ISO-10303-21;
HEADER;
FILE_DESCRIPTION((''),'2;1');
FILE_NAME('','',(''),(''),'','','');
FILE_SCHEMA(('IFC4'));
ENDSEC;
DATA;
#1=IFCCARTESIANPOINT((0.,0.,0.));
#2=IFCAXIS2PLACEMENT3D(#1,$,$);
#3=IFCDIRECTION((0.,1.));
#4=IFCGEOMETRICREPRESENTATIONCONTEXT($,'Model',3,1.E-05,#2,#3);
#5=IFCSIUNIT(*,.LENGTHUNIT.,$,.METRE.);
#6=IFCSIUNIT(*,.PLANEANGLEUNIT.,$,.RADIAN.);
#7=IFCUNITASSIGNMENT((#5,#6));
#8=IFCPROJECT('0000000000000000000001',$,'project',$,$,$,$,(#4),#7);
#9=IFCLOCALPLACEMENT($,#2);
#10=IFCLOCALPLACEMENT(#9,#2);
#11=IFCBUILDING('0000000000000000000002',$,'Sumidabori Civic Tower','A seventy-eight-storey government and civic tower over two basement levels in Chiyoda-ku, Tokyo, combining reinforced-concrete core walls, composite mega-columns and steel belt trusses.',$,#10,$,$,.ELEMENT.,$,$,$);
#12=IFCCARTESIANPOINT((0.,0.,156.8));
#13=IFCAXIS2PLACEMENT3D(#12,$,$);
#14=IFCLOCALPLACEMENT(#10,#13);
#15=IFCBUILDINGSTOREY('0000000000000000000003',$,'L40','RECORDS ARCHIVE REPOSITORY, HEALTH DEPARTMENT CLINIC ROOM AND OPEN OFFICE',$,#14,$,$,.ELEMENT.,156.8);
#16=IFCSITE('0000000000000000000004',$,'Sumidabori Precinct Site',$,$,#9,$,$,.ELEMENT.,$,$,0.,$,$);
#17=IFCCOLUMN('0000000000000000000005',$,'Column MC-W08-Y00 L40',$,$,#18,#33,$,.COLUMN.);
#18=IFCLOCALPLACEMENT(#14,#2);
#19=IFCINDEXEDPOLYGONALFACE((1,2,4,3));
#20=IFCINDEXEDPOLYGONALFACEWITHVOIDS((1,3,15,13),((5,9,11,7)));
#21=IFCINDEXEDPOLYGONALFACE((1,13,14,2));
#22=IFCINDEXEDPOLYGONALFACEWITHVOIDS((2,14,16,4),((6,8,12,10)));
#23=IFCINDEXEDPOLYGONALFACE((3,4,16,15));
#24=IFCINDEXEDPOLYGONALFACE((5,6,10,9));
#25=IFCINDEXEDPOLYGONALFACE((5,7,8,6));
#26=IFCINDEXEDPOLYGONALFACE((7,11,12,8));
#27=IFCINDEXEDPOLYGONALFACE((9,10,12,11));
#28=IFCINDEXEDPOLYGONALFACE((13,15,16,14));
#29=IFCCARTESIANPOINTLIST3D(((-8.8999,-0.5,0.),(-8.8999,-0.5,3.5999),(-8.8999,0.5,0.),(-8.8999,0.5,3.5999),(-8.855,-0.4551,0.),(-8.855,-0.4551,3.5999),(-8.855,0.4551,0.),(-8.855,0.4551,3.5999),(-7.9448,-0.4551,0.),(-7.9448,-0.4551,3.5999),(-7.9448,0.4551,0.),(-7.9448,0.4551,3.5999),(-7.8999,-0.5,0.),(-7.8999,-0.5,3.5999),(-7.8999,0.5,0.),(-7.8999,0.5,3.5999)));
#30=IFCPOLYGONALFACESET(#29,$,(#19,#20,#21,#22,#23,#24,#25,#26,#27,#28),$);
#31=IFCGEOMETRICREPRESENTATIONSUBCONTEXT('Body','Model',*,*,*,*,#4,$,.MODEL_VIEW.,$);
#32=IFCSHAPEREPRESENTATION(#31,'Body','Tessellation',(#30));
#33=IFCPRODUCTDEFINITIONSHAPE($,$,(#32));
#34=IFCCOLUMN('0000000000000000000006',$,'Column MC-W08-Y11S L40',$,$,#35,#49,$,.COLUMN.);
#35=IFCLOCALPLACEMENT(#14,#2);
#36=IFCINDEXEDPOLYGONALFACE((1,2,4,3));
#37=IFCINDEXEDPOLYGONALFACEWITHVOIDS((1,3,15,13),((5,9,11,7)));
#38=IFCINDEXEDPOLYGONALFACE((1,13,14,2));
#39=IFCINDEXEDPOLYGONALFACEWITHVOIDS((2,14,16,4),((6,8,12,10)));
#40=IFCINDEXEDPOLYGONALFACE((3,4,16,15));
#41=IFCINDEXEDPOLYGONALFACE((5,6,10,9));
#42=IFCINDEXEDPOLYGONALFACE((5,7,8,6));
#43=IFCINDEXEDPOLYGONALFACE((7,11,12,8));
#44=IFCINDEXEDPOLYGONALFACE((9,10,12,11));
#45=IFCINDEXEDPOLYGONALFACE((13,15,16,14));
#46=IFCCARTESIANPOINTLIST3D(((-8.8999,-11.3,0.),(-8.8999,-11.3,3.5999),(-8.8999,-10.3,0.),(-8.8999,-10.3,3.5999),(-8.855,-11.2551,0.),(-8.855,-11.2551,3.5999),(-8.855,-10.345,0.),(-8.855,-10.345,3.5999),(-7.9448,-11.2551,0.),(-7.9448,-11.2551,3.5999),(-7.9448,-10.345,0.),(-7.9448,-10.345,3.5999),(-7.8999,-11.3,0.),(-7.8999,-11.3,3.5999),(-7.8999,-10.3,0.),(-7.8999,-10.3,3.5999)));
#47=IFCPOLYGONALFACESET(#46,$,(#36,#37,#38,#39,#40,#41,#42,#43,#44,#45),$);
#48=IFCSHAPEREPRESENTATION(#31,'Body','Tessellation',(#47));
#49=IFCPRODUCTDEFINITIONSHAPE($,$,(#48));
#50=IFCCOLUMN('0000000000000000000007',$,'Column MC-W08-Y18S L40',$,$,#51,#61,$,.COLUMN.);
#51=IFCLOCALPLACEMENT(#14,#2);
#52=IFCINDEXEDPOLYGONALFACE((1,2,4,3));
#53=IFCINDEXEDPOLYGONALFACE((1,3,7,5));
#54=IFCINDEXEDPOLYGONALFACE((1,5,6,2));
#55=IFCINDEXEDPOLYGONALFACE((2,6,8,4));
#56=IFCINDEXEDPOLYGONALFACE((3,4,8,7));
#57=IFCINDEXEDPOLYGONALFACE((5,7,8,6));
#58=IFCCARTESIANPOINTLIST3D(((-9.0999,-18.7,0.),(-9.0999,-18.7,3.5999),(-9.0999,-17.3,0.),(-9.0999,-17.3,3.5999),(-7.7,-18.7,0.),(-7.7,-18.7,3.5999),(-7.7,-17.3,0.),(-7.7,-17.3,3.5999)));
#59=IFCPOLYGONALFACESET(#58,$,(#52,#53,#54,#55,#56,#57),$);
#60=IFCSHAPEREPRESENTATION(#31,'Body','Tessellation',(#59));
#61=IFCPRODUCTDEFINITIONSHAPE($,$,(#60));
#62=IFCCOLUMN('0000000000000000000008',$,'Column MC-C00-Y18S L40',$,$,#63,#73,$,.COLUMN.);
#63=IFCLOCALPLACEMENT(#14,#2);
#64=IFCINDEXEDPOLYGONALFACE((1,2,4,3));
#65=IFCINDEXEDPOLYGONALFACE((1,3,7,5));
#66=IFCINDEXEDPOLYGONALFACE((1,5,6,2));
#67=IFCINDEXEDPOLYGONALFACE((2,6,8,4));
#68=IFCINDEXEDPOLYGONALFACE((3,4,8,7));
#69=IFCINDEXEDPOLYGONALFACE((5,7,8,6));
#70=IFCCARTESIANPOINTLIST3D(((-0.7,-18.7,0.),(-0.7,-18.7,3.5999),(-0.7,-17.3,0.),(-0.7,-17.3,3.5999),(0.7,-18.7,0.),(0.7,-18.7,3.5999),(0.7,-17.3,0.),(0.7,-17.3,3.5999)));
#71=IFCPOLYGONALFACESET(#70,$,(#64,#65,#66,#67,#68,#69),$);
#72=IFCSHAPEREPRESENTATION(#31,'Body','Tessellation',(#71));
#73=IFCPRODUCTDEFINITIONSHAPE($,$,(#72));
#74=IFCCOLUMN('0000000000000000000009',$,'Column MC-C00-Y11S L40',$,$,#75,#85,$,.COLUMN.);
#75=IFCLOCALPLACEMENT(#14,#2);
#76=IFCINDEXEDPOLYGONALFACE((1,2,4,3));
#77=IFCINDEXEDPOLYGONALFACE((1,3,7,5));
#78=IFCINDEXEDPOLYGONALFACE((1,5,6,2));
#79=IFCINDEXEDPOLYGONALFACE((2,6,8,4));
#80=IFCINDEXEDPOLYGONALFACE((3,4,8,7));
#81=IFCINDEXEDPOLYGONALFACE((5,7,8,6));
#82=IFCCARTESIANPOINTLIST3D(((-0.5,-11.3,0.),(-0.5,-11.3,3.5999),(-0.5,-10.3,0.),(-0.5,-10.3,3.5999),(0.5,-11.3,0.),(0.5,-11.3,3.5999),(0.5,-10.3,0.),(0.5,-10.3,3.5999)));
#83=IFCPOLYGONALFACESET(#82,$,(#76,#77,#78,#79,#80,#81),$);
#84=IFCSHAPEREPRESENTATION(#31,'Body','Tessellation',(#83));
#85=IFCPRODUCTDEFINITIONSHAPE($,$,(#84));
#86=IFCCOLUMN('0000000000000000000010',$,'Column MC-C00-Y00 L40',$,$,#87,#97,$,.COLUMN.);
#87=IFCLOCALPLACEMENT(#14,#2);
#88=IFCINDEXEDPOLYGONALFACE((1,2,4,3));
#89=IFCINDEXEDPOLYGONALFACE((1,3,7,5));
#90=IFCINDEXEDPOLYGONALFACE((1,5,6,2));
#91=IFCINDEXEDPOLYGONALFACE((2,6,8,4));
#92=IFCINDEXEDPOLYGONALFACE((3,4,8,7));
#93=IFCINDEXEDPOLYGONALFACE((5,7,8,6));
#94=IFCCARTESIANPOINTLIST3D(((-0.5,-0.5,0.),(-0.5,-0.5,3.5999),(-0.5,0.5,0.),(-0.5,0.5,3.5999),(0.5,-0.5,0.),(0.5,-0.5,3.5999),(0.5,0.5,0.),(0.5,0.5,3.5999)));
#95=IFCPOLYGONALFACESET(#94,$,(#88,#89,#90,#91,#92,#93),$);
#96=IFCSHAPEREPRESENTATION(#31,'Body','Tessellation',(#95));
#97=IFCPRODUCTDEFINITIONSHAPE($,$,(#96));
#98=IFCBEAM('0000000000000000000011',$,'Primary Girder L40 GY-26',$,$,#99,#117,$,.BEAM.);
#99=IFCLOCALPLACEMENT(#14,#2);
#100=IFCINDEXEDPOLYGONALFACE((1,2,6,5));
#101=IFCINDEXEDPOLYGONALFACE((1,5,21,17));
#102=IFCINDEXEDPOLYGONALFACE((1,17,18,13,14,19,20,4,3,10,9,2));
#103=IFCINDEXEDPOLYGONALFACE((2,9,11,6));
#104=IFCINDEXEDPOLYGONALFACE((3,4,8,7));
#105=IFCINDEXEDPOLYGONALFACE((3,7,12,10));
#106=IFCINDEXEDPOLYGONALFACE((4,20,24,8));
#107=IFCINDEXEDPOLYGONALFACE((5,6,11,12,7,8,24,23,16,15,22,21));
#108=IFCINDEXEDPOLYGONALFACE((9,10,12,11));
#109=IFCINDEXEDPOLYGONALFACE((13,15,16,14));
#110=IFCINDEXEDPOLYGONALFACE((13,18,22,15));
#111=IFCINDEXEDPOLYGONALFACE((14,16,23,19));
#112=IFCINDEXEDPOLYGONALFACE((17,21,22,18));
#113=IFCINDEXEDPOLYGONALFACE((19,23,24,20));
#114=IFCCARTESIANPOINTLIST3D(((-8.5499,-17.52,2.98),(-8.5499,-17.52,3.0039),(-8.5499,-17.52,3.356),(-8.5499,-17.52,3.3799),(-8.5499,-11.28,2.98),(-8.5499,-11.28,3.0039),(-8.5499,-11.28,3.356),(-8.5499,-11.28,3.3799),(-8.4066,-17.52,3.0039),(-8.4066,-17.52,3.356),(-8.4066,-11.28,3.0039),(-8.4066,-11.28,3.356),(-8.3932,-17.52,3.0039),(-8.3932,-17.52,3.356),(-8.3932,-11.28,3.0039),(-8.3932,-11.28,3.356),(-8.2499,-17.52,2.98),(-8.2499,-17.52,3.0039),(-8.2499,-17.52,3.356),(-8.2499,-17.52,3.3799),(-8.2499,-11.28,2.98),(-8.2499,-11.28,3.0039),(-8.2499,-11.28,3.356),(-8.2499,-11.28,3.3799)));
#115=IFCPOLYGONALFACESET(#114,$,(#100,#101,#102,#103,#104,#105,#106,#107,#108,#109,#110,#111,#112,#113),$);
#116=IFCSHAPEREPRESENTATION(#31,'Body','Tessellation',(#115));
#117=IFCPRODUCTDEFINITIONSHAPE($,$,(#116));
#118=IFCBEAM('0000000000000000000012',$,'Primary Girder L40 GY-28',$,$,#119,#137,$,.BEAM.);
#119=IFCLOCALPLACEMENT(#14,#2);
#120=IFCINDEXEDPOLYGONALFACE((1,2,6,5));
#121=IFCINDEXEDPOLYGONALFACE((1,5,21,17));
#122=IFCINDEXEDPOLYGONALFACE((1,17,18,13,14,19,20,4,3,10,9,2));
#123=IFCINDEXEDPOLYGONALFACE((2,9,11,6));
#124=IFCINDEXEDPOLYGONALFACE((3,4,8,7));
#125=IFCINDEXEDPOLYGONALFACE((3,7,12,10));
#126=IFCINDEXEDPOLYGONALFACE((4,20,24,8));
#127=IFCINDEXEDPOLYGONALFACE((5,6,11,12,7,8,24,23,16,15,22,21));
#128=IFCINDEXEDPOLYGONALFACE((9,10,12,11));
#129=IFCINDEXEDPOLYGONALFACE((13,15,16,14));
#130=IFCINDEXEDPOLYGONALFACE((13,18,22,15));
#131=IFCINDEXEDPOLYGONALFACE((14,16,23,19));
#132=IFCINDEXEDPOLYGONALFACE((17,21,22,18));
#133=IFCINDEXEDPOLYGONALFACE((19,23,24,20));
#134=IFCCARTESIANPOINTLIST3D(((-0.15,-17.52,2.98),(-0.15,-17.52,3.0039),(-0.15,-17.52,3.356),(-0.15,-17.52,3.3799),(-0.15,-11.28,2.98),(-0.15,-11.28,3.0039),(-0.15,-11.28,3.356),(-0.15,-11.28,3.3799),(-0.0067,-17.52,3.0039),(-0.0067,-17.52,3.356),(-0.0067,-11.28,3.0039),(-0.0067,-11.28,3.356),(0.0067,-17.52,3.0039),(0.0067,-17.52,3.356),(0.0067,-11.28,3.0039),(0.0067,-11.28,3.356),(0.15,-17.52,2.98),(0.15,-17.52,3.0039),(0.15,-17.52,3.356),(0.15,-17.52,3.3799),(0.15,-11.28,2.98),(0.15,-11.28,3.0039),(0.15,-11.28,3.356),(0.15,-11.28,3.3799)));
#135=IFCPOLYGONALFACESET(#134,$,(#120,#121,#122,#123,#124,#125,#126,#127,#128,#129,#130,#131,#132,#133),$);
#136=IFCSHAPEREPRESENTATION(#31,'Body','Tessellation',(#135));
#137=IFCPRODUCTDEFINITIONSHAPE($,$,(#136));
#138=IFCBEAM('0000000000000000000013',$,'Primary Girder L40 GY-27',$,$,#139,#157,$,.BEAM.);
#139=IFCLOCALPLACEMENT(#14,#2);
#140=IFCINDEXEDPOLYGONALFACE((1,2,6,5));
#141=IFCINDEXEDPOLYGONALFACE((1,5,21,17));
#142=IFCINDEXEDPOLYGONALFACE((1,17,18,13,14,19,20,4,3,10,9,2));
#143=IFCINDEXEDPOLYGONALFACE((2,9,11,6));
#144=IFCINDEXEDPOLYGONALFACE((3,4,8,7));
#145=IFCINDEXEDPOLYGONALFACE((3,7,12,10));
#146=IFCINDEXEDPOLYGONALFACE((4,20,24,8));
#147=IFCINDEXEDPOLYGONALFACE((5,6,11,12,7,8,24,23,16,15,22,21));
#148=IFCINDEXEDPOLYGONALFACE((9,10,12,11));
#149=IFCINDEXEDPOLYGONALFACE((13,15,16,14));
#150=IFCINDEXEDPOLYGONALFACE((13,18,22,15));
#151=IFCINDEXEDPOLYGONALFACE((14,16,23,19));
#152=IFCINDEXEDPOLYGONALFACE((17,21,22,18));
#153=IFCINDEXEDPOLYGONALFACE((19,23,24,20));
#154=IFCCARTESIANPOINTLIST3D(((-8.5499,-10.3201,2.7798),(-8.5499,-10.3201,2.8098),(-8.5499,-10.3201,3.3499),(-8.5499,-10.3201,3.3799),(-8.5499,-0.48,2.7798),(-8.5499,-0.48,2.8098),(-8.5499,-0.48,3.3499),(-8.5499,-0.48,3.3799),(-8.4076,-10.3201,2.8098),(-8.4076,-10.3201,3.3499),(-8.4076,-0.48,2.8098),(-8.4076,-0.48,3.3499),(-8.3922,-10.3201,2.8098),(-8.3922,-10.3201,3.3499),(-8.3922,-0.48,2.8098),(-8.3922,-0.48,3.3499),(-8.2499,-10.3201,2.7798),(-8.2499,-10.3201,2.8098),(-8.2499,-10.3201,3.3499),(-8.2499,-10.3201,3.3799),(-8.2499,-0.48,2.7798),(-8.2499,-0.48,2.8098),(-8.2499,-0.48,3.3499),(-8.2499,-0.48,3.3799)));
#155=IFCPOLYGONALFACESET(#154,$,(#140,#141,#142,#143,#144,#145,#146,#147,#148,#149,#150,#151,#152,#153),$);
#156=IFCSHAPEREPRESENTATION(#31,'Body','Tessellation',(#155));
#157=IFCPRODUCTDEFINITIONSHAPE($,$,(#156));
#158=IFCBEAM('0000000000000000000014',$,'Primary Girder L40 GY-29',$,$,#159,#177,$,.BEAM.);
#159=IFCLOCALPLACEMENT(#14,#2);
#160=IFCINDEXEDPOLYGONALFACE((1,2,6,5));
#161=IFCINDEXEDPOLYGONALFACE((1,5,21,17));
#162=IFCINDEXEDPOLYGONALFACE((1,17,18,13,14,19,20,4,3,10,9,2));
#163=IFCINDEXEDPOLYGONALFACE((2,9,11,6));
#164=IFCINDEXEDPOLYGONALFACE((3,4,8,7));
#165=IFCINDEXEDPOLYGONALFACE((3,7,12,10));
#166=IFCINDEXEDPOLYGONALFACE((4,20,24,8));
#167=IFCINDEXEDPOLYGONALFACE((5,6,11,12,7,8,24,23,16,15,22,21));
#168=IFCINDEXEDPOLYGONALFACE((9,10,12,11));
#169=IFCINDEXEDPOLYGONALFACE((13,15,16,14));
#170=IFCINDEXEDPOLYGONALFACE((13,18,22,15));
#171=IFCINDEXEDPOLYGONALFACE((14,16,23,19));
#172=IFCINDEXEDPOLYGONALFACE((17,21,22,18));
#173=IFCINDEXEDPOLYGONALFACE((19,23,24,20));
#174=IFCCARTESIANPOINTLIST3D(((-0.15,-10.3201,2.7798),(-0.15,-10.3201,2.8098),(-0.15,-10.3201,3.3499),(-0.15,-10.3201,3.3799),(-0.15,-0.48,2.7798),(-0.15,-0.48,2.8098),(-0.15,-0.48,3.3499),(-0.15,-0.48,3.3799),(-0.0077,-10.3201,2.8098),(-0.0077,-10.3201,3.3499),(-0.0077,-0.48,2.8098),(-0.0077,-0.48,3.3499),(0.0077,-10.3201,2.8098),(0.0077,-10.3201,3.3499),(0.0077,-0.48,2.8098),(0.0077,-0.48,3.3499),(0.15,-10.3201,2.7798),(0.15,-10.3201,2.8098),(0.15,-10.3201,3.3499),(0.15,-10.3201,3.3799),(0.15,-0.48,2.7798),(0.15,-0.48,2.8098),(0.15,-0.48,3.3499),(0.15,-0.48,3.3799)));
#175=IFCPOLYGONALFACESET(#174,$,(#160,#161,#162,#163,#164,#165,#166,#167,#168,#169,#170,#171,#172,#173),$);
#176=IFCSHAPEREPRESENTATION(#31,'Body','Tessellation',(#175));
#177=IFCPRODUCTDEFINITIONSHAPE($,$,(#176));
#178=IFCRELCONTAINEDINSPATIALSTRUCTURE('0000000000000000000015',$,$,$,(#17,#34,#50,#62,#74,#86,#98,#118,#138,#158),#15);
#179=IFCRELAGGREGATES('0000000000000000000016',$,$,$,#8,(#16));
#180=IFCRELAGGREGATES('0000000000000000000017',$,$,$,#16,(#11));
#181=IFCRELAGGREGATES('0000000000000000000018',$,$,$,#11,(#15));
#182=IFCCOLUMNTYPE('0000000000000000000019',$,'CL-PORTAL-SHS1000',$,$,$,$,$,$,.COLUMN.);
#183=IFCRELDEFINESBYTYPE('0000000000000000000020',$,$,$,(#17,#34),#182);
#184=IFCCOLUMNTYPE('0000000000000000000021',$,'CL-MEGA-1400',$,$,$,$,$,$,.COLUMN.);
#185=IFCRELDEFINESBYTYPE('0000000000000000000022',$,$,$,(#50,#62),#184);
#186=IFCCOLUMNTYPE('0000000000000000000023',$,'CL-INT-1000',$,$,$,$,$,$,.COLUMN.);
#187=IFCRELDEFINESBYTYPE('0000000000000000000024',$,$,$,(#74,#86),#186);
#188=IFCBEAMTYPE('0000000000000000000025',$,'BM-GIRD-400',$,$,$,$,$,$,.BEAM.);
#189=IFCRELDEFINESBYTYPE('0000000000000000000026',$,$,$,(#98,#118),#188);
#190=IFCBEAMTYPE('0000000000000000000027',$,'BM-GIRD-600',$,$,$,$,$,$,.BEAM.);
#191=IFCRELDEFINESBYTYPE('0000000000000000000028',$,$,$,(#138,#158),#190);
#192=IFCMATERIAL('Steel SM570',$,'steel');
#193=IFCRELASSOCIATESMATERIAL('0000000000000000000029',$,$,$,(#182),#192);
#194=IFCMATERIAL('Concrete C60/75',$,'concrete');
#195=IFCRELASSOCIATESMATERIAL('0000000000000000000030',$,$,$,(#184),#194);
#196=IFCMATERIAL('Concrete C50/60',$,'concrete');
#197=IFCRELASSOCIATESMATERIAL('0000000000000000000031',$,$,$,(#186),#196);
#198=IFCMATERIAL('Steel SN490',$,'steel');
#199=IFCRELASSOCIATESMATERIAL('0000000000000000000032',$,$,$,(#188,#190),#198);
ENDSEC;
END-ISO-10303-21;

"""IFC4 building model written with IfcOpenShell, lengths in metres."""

from ifc_helpers import new_model, si_unit, direction, frame, origin, origin_2d, place, context, subcontext, project, spatial, rectangle, hollow_rectangle, i_section, extrude, source, transform, mapped, material, material_profile, profile_set, type_object, element, save


model = new_model("IFC4")

# Units and contexts
model_context = context("Model", 3, precision=1e-05, world=origin(), true_north=direction((0.0, 1.0)))
body_context = subcontext(model_context, "Body", "Model", "MODEL_VIEW")
ifc_project = project(units=[si_unit("LENGTHUNIT", "METRE"), si_unit("PLANEANGLEUNIT", "RADIAN")], contexts=[model_context])

# Site, building, storey
site_placement = place(None, origin())
site = spatial("IfcSite", under=ifc_project, at=site_placement, Name="Sumidabori Precinct Site", CompositionType="ELEMENT", RefElevation=0.0)
building_placement = place(site_placement, origin())
building = spatial("IfcBuilding", under=site, at=building_placement, Name="Sumidabori Civic Tower", Description="A seventy-eight-storey government and civic tower over two basement levels in Chiyoda-ku, Tokyo, combining reinforced-concrete core walls, composite mega-columns and steel belt trusses.", CompositionType="ELEMENT")
storey_placement = place(building_placement, frame((0.0, 0.0, 156.8)))
storey = spatial("IfcBuildingStorey", under=building, at=storey_placement, Name="L40", Description="RECORDS ARCHIVE REPOSITORY, HEALTH DEPARTMENT CLINIC ROOM AND OPEN OFFICE", CompositionType="ELEMENT", Elevation=156.8)

# Columns
ifc_material_1 = material(Name="Steel SM570", Category="steel")
ifc_material_profile_1 = material_profile(ifc_material_1, hollow_rectangle(XDim=1.0, YDim=1.0, WallThickness=0.0449, at=origin_2d()), Name="SHS 1000x1000x45")
ifc_profile_set_1 = profile_set([ifc_material_profile_1], Name="Steel SM570")
column_type_1 = type_object("IfcColumnType", Name="CL-PORTAL-SHS1000", PredefinedType="COLUMN", material=ifc_profile_set_1)
shared_shape_1 = source(origin(), body_context, "Body", "SweptSolid", [
    extrude(hollow_rectangle(XDim=1.0, YDim=1.0, WallThickness=0.0449, at=origin_2d()), origin(), (0.0, 0.0, 1.0), 3.5999),
])
for number, where, z_axis, x_axis, name in (
    (1, (-8.3999, 0.0, 0.0), (0.0, 0.0, 1.0), (1.0, 0.0, 0.0), "Column MC-W08-Y00 L40"),
    (2, (-8.3999, -10.8, 0.0), (0.0, 0.0, 1.0), (1.0, 0.0, 0.0), "Column MC-W08-Y11S L40"),
):
    element("IfcColumn", number, at=place(storey_placement, frame(where, z_axis=z_axis, x_axis=x_axis)), inside=storey, type_object=column_type_1, Name=name, PredefinedType="COLUMN", context=body_context, shape_type="MappedRepresentation", body=[
        mapped(shared_shape_1, transform((0.0, 0.0, 0.0), x_axis=(1.0, 0.0, 0.0), y_axis=(0.0, 1.0, 0.0), z_axis=(0.0, 0.0, 1.0), scale=1.0)),
    ])
ifc_material_2 = material(Name="Concrete C60/75", Category="concrete")
ifc_material_profile_2 = material_profile(ifc_material_2, rectangle(XDim=1.3999, YDim=1.3999, at=origin_2d()), Name="RC 1400x1400")
ifc_profile_set_2 = profile_set([ifc_material_profile_2], Name="Concrete C60/75")
column_type_2 = type_object("IfcColumnType", Name="CL-MEGA-1400", PredefinedType="COLUMN", material=ifc_profile_set_2)
shared_shape_2 = source(origin(), body_context, "Body", "SweptSolid", [
    extrude(rectangle(XDim=1.3999, YDim=1.3999, at=origin_2d()), origin(), (0.0, 0.0, 1.0), 3.5999),
])
for number, where, z_axis, x_axis, name in (
    (3, (-8.3999, -18.0, 0.0), (0.0, 0.0, 1.0), (1.0, 0.0, 0.0), "Column MC-W08-Y18S L40"),
    (4, (0.0, -18.0, 0.0), (0.0, 0.0, 1.0), (1.0, 0.0, 0.0), "Column MC-C00-Y18S L40"),
):
    element("IfcColumn", number, at=place(storey_placement, frame(where, z_axis=z_axis, x_axis=x_axis)), inside=storey, type_object=column_type_2, Name=name, PredefinedType="COLUMN", context=body_context, shape_type="MappedRepresentation", body=[
        mapped(shared_shape_2, transform((0.0, 0.0, 0.0), x_axis=(1.0, 0.0, 0.0), y_axis=(0.0, 1.0, 0.0), z_axis=(0.0, 0.0, 1.0), scale=1.0)),
    ])
ifc_material_3 = material(Name="Concrete C50/60", Category="concrete")
ifc_material_profile_3 = material_profile(ifc_material_3, rectangle(XDim=1.0, YDim=1.0, at=origin_2d()), Name="RC 1000x1000")
ifc_profile_set_3 = profile_set([ifc_material_profile_3], Name="Concrete C50/60")
column_type_3 = type_object("IfcColumnType", Name="CL-INT-1000", PredefinedType="COLUMN", material=ifc_profile_set_3)
shared_shape_3 = source(origin(), body_context, "Body", "SweptSolid", [
    extrude(rectangle(XDim=1.0, YDim=1.0, at=origin_2d()), origin(), (0.0, 0.0, 1.0), 3.5999),
])
for number, where, z_axis, x_axis, name in (
    (5, (0.0, -10.8, 0.0), (0.0, 0.0, 1.0), (1.0, 0.0, 0.0), "Column MC-C00-Y11S L40"),
    (6, (0.0, 0.0, 0.0), (0.0, 0.0, 1.0), (1.0, 0.0, 0.0), "Column MC-C00-Y00 L40"),
):
    element("IfcColumn", number, at=place(storey_placement, frame(where, z_axis=z_axis, x_axis=x_axis)), inside=storey, type_object=column_type_3, Name=name, PredefinedType="COLUMN", context=body_context, shape_type="MappedRepresentation", body=[
        mapped(shared_shape_3, transform((0.0, 0.0, 0.0), x_axis=(1.0, 0.0, 0.0), y_axis=(0.0, 1.0, 0.0), z_axis=(0.0, 0.0, 1.0), scale=1.0)),
    ])

# Beams
ifc_material_4 = material(Name="Steel SN490", Category="steel")
ifc_material_profile_4 = material_profile(ifc_material_4, i_section(OverallWidth=0.3, OverallDepth=0.3999, WebThickness=0.0134, FlangeThickness=0.0239, at=origin_2d()), Name="HE 400 B")
ifc_profile_set_4 = profile_set([ifc_material_profile_4], Name="Steel SN490")
beam_type_1 = type_object("IfcBeamType", Name="BM-GIRD-400", PredefinedType="BEAM", material=ifc_profile_set_4)
shared_shape_4 = source(origin(), body_context, "Body", "SweptSolid", [
    extrude(i_section(OverallWidth=0.3, OverallDepth=0.3999, WebThickness=0.0134, FlangeThickness=0.0239, at=origin_2d()), origin(), (0.0, 0.0, 1.0), 6.24),
])
for number, where, z_axis, x_axis, name in (
    (7, (-8.3999, -17.52, 3.1799), (0.0, 1.0, 0.0), (-1.0, 0.0, 0.0), "Primary Girder L40 GY-26"),
    (8, (0.0, -17.52, 3.1799), (0.0, 1.0, 0.0), (-1.0, 0.0, 0.0), "Primary Girder L40 GY-28"),
):
    element("IfcBeam", number, at=place(storey_placement, frame(where, z_axis=z_axis, x_axis=x_axis)), inside=storey, type_object=beam_type_1, Name=name, PredefinedType="BEAM", context=body_context, shape_type="MappedRepresentation", body=[
        mapped(shared_shape_4, transform((0.0, 0.0, 0.0), x_axis=(1.0, 0.0, 0.0), y_axis=(0.0, 1.0, 0.0), z_axis=(0.0, 0.0, 1.0), scale=1.0)),
    ])
ifc_material_profile_5 = material_profile(ifc_material_4, i_section(OverallWidth=0.3, OverallDepth=0.6001, WebThickness=0.0154, FlangeThickness=0.03, at=origin_2d()), Name="HE 600 B")
ifc_profile_set_5 = profile_set([ifc_material_profile_5], Name="Steel SN490")
beam_type_2 = type_object("IfcBeamType", Name="BM-GIRD-600", PredefinedType="BEAM", material=ifc_profile_set_5)
shared_shape_5 = source(origin(), body_context, "Body", "SweptSolid", [
    extrude(i_section(OverallWidth=0.3, OverallDepth=0.6001, WebThickness=0.0154, FlangeThickness=0.03, at=origin_2d()), origin(), (0.0, 0.0, 1.0), 9.8401),
])
for number, where, z_axis, x_axis, name in (
    (9, (-8.3999, -10.3201, 3.0798), (0.0, 1.0, 0.0), (-1.0, 0.0, 0.0), "Primary Girder L40 GY-27"),
    (10, (0.0, -10.3201, 3.0798), (0.0, 1.0, 0.0), (-1.0, 0.0, 0.0), "Primary Girder L40 GY-29"),
):
    element("IfcBeam", number, at=place(storey_placement, frame(where, z_axis=z_axis, x_axis=x_axis)), inside=storey, type_object=beam_type_2, Name=name, PredefinedType="BEAM", context=body_context, shape_type="MappedRepresentation", body=[
        mapped(shared_shape_5, transform((0.0, 0.0, 0.0), x_axis=(1.0, 0.0, 0.0), y_axis=(0.0, 1.0, 0.0), z_axis=(0.0, 0.0, 1.0), scale=1.0)),
    ])

save(model, "model.ifc")
